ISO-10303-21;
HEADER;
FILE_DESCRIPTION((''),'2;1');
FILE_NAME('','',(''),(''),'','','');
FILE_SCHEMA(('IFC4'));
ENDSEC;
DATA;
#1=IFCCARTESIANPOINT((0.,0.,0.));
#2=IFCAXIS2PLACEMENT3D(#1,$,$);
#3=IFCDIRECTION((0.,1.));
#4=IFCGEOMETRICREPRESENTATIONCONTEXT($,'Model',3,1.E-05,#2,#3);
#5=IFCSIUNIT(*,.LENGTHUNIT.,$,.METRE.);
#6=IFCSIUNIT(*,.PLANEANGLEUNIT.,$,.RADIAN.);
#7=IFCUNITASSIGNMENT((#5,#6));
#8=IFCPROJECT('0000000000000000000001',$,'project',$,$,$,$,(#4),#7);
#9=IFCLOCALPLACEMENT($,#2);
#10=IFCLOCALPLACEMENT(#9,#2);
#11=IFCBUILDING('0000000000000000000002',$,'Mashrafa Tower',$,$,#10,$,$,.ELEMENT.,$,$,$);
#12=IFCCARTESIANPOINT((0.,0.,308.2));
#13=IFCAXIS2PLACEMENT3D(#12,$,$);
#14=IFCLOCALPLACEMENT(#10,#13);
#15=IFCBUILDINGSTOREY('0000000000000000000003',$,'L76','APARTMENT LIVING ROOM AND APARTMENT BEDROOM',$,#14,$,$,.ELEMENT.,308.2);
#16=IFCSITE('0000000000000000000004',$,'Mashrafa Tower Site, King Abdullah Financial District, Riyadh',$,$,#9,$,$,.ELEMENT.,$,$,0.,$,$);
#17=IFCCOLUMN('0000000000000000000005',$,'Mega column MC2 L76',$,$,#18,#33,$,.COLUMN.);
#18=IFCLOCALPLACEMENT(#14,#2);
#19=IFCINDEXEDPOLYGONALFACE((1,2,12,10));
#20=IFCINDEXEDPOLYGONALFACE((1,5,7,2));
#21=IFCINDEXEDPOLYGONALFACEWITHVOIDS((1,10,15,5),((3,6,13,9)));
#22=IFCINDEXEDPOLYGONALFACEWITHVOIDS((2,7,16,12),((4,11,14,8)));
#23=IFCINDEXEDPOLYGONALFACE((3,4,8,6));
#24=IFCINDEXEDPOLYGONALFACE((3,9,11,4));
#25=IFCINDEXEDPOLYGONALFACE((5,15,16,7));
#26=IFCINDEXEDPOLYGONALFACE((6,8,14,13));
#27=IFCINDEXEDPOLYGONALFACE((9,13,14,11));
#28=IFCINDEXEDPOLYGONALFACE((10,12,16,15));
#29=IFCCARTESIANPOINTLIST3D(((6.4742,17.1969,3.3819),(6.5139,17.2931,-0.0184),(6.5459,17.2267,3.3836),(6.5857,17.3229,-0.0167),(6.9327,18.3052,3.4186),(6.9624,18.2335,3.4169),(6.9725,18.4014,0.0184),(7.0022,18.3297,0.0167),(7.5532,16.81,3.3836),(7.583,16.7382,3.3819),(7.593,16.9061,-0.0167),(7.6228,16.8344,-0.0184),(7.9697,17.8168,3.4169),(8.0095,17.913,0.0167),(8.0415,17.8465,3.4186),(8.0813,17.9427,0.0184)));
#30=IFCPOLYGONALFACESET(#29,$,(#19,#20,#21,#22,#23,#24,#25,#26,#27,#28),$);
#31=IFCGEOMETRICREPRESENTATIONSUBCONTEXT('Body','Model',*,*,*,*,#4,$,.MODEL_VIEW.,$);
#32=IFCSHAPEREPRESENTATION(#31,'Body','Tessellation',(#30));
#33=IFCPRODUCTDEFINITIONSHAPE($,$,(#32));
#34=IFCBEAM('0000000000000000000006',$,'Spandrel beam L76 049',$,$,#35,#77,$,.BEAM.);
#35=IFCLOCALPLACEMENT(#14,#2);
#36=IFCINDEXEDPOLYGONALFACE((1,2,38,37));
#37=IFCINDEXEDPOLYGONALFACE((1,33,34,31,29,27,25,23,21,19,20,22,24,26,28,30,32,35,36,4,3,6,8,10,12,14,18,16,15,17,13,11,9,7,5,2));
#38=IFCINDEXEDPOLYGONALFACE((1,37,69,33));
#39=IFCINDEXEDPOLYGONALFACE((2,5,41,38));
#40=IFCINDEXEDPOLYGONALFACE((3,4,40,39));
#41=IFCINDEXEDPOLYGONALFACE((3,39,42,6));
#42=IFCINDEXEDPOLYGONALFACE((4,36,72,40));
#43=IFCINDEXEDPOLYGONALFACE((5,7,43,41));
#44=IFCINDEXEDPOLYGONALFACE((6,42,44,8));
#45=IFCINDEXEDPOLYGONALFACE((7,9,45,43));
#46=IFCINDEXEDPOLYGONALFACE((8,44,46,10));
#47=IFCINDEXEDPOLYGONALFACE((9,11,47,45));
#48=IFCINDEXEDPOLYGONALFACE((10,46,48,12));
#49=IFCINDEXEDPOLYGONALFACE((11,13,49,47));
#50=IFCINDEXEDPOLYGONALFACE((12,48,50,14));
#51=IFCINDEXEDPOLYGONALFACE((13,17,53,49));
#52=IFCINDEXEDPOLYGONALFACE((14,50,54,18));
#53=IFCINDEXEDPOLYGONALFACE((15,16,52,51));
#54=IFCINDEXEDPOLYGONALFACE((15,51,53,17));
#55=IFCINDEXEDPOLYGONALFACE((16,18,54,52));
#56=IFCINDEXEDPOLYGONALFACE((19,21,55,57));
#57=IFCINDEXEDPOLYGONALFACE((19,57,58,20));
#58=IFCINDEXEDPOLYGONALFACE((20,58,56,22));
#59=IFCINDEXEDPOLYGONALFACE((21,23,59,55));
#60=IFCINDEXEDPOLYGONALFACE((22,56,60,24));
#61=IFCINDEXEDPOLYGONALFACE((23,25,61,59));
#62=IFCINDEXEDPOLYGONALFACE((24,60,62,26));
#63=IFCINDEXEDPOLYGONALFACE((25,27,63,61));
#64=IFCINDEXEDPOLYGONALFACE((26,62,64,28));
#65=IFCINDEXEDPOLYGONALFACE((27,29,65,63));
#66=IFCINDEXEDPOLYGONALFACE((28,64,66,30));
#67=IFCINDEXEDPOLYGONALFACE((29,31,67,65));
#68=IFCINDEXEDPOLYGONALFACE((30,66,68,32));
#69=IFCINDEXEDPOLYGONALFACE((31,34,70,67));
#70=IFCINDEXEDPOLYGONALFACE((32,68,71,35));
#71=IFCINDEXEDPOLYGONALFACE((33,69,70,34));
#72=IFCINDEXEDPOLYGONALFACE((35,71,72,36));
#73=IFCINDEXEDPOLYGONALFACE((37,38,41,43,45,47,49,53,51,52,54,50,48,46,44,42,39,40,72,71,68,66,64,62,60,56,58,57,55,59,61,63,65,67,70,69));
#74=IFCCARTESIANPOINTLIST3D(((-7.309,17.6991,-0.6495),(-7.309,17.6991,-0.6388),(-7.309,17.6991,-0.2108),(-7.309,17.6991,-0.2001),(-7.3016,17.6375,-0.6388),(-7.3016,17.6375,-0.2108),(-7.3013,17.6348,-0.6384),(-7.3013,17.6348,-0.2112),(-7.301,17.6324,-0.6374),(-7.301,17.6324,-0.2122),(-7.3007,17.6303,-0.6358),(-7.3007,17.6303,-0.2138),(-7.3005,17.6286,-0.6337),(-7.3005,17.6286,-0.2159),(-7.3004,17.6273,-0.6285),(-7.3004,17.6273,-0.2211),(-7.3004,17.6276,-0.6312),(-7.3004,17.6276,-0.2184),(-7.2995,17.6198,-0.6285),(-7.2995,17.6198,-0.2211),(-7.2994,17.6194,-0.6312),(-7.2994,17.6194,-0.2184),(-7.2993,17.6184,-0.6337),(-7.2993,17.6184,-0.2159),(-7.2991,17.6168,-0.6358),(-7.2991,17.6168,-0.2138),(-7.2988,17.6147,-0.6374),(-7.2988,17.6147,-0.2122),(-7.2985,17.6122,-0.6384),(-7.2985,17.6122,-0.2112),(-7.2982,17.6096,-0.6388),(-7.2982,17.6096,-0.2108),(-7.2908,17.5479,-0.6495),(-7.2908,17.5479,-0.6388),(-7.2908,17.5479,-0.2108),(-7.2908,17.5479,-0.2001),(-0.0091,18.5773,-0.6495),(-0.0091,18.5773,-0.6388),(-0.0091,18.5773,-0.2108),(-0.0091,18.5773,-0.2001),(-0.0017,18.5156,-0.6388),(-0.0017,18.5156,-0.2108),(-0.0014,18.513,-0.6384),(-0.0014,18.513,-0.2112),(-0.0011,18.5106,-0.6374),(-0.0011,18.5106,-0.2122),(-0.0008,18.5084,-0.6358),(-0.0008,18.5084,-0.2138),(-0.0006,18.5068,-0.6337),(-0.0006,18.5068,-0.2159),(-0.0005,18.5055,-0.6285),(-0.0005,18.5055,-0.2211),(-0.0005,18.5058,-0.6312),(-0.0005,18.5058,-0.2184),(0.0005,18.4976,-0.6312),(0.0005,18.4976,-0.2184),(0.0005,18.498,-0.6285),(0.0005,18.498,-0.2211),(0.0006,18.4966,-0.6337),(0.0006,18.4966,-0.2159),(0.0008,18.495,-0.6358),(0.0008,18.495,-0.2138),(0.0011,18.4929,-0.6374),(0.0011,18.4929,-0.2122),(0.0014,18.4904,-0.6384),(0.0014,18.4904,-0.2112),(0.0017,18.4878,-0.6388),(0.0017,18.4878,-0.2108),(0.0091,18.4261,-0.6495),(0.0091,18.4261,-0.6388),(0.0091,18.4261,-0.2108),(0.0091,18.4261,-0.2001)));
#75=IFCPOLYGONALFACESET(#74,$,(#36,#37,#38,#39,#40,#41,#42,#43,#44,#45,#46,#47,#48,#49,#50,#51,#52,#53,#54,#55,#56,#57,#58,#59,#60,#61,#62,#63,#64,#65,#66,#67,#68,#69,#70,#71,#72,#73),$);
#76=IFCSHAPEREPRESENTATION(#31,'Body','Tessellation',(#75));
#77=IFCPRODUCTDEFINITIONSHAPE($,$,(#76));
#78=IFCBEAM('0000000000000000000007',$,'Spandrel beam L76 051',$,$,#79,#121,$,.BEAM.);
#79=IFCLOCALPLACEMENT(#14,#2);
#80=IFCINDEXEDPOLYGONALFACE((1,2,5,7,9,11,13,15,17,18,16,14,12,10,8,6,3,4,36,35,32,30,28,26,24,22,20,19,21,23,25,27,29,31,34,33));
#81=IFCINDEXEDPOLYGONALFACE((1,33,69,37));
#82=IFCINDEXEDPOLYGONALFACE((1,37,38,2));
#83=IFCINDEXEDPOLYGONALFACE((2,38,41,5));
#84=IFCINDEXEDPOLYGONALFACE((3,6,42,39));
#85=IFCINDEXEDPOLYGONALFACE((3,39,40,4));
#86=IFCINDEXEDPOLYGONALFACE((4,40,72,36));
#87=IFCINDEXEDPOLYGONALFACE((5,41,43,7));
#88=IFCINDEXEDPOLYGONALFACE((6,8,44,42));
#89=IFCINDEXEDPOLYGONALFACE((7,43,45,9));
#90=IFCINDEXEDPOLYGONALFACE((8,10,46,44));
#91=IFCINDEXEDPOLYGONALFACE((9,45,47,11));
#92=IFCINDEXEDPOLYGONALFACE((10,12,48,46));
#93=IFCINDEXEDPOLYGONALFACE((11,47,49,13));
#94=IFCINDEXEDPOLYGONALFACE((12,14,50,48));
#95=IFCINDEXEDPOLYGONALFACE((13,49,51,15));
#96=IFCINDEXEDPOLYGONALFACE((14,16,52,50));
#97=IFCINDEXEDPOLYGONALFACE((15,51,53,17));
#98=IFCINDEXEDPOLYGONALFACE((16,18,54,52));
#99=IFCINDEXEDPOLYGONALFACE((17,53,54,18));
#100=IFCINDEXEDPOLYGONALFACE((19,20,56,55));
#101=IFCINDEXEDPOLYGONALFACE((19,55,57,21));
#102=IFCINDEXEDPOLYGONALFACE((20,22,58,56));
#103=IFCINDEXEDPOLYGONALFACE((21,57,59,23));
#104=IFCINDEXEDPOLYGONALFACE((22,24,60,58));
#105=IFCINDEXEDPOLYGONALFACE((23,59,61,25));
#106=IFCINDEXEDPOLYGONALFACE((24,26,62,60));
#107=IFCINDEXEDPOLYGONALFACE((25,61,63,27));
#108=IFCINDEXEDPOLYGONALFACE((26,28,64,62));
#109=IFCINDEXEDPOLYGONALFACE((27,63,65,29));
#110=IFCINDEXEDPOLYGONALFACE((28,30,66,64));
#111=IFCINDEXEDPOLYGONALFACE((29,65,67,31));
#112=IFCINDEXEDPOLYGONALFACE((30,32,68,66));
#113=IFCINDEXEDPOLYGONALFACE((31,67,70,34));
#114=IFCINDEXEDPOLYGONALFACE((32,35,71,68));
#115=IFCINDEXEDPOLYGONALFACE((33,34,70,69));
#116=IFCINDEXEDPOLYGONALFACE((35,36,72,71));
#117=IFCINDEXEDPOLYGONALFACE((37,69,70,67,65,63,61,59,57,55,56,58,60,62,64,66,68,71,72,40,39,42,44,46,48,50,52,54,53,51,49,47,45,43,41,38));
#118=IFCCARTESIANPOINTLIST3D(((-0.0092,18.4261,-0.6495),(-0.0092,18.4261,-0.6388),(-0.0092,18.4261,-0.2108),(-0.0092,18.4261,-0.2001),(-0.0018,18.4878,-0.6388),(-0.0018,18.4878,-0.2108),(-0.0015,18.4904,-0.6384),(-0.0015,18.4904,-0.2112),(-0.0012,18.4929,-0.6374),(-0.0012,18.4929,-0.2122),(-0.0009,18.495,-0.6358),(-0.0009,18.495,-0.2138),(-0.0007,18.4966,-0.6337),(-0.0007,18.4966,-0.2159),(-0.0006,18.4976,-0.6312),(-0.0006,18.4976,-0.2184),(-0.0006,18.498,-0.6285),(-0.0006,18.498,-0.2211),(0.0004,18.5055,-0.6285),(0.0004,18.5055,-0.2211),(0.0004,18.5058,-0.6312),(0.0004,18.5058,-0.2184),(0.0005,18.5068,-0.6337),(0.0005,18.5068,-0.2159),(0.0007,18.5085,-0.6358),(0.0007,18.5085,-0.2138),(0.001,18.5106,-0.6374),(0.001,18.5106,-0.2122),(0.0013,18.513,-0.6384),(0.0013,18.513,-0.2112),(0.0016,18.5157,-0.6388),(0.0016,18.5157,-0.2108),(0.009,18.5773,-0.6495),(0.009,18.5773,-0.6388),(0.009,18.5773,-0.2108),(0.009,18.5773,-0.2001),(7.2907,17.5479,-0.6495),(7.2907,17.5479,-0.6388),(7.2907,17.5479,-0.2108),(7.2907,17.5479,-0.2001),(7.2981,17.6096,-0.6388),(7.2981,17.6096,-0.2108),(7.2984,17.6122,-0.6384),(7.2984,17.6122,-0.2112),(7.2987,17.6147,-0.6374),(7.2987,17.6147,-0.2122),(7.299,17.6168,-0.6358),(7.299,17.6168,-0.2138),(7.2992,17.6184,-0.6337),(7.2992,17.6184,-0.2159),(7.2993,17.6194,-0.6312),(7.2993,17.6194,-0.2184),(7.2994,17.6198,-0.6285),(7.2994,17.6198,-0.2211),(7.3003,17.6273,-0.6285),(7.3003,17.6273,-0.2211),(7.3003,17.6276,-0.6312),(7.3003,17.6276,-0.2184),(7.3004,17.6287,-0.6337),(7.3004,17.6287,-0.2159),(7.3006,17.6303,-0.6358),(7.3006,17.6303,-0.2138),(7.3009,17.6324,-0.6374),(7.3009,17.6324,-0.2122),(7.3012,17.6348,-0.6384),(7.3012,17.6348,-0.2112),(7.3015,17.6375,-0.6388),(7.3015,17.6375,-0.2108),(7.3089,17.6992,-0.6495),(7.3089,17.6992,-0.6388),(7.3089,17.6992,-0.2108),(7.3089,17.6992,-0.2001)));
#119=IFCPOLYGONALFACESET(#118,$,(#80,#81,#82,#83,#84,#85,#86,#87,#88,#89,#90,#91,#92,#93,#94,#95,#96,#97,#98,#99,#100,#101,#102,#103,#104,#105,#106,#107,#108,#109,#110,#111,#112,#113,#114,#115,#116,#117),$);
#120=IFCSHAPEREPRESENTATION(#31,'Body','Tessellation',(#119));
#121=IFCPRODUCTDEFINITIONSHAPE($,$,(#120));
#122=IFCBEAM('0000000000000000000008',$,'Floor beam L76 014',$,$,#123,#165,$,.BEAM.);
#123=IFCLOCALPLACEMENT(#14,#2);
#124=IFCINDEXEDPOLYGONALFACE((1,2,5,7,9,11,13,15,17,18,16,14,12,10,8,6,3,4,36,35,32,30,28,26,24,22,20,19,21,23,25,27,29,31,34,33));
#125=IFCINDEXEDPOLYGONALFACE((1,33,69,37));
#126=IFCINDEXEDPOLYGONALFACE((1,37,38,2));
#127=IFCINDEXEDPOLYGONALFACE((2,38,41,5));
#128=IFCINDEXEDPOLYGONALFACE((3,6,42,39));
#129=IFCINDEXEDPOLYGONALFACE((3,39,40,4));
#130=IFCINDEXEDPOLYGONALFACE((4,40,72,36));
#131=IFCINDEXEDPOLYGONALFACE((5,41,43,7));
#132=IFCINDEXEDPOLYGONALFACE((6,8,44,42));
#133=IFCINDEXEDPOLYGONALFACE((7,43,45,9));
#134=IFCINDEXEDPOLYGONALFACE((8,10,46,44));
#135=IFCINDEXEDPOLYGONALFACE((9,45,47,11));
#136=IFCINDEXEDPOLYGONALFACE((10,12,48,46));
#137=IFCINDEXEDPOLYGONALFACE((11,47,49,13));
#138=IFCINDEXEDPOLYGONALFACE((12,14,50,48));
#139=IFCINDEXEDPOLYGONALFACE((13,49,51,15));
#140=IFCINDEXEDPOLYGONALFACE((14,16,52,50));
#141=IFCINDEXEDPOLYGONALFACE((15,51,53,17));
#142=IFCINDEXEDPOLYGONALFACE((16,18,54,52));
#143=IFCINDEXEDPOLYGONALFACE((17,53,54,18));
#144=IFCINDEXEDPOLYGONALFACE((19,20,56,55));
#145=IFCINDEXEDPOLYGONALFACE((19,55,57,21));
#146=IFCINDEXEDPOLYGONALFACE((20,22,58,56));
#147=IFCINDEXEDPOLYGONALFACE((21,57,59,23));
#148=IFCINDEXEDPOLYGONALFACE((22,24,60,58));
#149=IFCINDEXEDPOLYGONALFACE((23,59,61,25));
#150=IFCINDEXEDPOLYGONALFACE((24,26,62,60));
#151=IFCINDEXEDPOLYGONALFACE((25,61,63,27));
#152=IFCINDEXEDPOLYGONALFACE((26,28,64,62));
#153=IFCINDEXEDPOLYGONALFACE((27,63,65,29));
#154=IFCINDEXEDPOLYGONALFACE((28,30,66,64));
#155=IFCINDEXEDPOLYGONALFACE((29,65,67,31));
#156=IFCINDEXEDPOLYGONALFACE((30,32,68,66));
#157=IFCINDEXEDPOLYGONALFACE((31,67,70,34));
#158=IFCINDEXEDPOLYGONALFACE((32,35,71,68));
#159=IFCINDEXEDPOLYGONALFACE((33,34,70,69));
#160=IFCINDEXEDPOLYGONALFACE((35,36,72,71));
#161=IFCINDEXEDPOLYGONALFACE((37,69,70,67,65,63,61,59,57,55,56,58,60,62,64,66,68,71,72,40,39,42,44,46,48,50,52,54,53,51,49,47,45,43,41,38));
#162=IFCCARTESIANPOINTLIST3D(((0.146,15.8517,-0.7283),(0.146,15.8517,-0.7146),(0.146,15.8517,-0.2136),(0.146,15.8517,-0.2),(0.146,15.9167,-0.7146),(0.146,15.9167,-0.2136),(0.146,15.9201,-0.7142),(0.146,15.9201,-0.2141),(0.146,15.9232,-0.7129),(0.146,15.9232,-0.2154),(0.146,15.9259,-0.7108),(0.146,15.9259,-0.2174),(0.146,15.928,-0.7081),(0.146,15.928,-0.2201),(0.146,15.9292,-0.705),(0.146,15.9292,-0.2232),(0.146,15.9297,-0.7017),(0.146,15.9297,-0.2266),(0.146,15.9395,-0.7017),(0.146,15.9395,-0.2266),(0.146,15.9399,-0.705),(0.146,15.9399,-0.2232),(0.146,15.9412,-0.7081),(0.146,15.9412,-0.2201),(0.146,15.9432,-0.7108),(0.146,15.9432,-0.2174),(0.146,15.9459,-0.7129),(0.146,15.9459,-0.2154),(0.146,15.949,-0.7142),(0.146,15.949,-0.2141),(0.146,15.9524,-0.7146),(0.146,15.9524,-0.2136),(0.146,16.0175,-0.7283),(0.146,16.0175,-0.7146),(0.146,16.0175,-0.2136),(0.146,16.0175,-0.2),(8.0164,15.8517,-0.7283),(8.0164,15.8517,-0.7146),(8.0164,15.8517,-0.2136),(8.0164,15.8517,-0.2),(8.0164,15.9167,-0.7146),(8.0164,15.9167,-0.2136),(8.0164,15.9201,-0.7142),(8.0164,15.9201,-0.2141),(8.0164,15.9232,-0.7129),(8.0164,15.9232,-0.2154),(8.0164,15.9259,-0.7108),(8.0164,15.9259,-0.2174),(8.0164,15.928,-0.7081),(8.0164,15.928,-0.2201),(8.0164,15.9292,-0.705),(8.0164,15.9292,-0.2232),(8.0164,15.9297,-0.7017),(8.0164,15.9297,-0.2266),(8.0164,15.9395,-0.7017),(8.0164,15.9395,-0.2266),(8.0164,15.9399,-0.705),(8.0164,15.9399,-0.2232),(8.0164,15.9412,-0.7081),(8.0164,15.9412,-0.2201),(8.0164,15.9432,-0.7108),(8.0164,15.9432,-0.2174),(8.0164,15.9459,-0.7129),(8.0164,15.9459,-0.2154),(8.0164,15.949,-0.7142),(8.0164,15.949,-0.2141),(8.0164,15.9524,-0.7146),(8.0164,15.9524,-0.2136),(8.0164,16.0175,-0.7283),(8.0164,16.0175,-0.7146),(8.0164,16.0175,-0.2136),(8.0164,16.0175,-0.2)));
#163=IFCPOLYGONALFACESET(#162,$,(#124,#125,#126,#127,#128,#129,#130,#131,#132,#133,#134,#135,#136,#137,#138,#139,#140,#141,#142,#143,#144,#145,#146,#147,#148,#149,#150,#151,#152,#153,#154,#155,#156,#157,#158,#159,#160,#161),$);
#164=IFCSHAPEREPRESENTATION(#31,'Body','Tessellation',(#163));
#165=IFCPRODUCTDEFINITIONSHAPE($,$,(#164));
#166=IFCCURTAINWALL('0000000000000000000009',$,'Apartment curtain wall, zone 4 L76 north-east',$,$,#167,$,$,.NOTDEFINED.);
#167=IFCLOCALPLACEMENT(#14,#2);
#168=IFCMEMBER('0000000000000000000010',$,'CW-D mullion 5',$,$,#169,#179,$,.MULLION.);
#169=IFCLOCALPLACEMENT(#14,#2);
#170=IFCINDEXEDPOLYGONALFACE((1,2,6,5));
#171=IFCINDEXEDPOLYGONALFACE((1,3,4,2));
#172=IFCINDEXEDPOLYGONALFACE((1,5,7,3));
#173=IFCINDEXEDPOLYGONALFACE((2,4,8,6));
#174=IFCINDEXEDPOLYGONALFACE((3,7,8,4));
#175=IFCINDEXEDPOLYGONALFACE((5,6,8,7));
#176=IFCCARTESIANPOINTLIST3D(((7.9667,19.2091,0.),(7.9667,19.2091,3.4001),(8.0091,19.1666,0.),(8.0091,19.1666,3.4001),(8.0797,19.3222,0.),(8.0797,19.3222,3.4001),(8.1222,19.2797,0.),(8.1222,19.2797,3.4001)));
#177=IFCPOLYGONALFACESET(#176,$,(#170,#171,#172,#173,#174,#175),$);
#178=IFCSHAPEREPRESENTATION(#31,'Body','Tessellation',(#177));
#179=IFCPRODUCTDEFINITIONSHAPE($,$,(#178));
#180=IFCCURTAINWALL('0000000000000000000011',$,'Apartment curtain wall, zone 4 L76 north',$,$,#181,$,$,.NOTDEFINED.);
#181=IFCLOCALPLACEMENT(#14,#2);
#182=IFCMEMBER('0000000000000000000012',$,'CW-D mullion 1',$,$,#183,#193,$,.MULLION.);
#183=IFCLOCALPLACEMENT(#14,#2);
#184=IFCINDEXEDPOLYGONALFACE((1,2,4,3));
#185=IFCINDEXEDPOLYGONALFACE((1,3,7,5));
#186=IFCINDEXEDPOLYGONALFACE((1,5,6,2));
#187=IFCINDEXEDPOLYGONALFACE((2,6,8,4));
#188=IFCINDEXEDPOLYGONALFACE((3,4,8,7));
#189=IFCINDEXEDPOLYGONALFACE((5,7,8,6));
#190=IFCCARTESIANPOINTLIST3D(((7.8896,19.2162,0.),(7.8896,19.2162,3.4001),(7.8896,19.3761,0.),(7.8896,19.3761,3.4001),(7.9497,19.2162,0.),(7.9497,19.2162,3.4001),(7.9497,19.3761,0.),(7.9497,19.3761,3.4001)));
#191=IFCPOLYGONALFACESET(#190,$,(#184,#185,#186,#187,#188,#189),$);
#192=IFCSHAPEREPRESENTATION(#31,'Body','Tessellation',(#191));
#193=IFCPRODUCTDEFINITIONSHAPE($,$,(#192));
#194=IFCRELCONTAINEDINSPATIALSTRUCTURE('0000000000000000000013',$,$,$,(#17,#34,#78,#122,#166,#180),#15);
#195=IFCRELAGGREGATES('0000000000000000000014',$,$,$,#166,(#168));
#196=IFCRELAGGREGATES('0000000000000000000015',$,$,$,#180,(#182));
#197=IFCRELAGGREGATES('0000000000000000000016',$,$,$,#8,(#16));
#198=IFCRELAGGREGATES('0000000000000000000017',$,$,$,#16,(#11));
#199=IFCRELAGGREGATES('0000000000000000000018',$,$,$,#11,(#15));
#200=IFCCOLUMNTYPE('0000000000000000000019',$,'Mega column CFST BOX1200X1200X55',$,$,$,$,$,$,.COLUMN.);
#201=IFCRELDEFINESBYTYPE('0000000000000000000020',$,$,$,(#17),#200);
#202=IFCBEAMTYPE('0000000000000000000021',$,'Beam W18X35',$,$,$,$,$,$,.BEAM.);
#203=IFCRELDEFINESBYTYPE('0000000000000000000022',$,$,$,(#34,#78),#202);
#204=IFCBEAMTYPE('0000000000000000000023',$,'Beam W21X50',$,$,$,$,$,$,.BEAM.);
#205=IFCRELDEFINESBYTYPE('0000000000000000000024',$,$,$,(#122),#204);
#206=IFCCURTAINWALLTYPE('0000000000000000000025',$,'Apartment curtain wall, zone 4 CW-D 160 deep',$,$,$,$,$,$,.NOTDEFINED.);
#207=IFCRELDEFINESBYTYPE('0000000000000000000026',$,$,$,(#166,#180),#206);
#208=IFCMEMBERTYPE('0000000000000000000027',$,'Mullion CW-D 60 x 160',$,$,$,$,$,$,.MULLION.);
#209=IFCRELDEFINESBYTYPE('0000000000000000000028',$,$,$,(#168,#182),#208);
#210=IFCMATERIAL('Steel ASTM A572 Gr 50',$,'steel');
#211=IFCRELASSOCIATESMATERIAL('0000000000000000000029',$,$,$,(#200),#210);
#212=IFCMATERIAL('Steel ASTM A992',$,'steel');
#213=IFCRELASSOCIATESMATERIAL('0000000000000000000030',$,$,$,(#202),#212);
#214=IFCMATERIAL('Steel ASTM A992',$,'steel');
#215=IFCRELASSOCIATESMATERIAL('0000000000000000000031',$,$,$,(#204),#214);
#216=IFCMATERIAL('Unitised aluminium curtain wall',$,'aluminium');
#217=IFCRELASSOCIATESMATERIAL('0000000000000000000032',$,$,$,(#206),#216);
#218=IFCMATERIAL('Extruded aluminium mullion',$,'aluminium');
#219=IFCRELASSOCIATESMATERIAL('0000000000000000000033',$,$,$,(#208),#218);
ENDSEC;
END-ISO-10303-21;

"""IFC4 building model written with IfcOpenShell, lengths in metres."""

from ifc_helpers import new_model, si_unit, direction, frame, origin, origin_2d, place, context, subcontext, project, spatial, rectangle, hollow_rectangle, i_section, extrude, source, transform, mapped, material, material_profile, profile_set, type_object, type_shapes, element, aggregate, save


model = new_model("IFC4")

# Units and contexts
model_context = context("Model", 3, precision=1e-05, world=origin(), true_north=direction((0.0, 1.0)))
body_context = subcontext(model_context, "Body", "Model", "MODEL_VIEW")
ifc_project = project(units=[si_unit("LENGTHUNIT", "METRE"), si_unit("PLANEANGLEUNIT", "RADIAN")], contexts=[model_context])

# Site, building, storey
site_placement = place(None, origin())
site = spatial("IfcSite", under=ifc_project, at=site_placement, Name="Mashrafa Tower Site, King Abdullah Financial District, Riyadh", CompositionType="ELEMENT", RefElevation=0.0)
building_placement = place(site_placement, origin())
building = spatial("IfcBuilding", under=site, at=building_placement, Name="Mashrafa Tower", CompositionType="ELEMENT")
storey_placement = place(building_placement, frame((0.0, 0.0, 308.2)))
storey = spatial("IfcBuildingStorey", under=building, at=storey_placement, Name="L76", Description="APARTMENT LIVING ROOM AND APARTMENT BEDROOM", CompositionType="ELEMENT", Elevation=308.2)

# Column
ifc_material_1 = material(Name="Steel ASTM A572 Gr 50", Category="steel")
ifc_material_profile_1 = material_profile(ifc_material_1, hollow_rectangle(XDim=1.2, YDim=1.2, WallThickness=0.0549, at=origin_2d()), Name="BOX1200X1200X55")
ifc_profile_set_1 = profile_set([ifc_material_profile_1], Name="Steel ASTM A572 Gr 50")
column_type = type_object("IfcColumnType", Name="Mega column CFST BOX1200X1200X55", PredefinedType="COLUMN", material=ifc_profile_set_1)
column_placement = place(storey_placement, frame((7.2976, 17.6179, 0.0), z_axis=(-0.011698, -0.028277, 0.999532), x_axis=(0.924045, -0.382283, 0.0)))
element("IfcColumn", 1, at=column_placement, inside=storey, type_object=column_type, Name="Mega column MC2 L76", PredefinedType="COLUMN", context=body_context, shape_type="SweptSolid", body=[
    extrude(hollow_rectangle(XDim=1.2, YDim=1.2, WallThickness=0.0549, at=origin_2d()), origin(), (0.0, 0.0, 1.0), 3.4019),
])

# Beams
ifc_material_2 = material(Name="Steel ASTM A992", Category="steel")
ifc_material_profile_2 = material_profile(ifc_material_2, i_section(OverallWidth=0.1523, OverallDepth=0.4495, WebThickness=0.0076, FlangeThickness=0.0107, FilletRadius=0.0103, at=origin_2d()), Name="W18X35")
ifc_profile_set_2 = profile_set([ifc_material_profile_2], Name="Steel ASTM A992")
beam_type_1 = type_object("IfcBeamType", Name="Beam W18X35", PredefinedType="BEAM", material=ifc_profile_set_2)
for number, where, z_axis, x_axis, name in (
    (2, (0.0, 18.5017, -0.4248), (-0.992841, -0.11944, 0.0), (0.11944, -0.992841, 0.0), "Spandrel beam L76 049"),
    (3, (7.2998, 17.6235, -0.4248), (-0.992841, 0.11944, 0.0), (-0.11944, -0.992841, 0.0), "Spandrel beam L76 051"),
):
    element("IfcBeam", number, at=place(storey_placement, frame(where, z_axis=z_axis, x_axis=x_axis)), inside=storey, type_object=beam_type_1, Name=name, PredefinedType="BEAM", context=body_context, shape_type="SweptSolid", body=[
        extrude(i_section(OverallWidth=0.1523, OverallDepth=0.4495, WebThickness=0.0076, FlangeThickness=0.0107, FilletRadius=0.0103, at=origin_2d()), origin(), (0.0, 0.0, 1.0), 7.3525),
    ])
ifc_material_3 = material(Name="Steel ASTM A992", Category="steel")
ifc_material_profile_3 = material_profile(ifc_material_3, i_section(OverallWidth=0.1658, OverallDepth=0.5283, WebThickness=0.0098, FlangeThickness=0.0137, FilletRadius=0.0129, at=origin_2d()), Name="W21X50")
ifc_profile_set_3 = profile_set([ifc_material_profile_3], Name="Steel ASTM A992")
beam_type_2 = type_object("IfcBeamType", Name="Beam W21X50", PredefinedType="BEAM", material=ifc_profile_set_3)
beam_placement = place(storey_placement, frame((0.146, 15.9346, -0.4641), z_axis=(1.0, 0.0, 0.0), x_axis=(0.0, 1.0, 0.0)))
element("IfcBeam", 4, at=beam_placement, inside=storey, type_object=beam_type_2, Name="Floor beam L76 014", PredefinedType="BEAM", context=body_context, shape_type="SweptSolid", body=[
    extrude(i_section(OverallWidth=0.1658, OverallDepth=0.5283, WebThickness=0.0098, FlangeThickness=0.0137, FilletRadius=0.0129, at=origin_2d()), origin(), (0.0, 0.0, 1.0), 7.8704),
])

# Curtain wall, member
ifc_material_4 = material(Name="Unitised aluminium curtain wall", Category="aluminium")
curtain_wall_type = type_object("IfcCurtainWallType", Name="Apartment curtain wall, zone 4 CW-D 160 deep", PredefinedType="NOTDEFINED", material=ifc_material_4)
curtain_wall_1_placement = place(storey_placement, origin())
curtain_wall_1 = element("IfcCurtainWall", 5, at=curtain_wall_1_placement, inside=storey, type_object=curtain_wall_type, Name="Apartment curtain wall, zone 4 L76 north-east", PredefinedType="NOTDEFINED")
ifc_material_5 = material(Name="Extruded aluminium mullion", Category="aluminium")
ifc_material_profile_4 = material_profile(ifc_material_5, rectangle(XDim=0.1599, YDim=0.0601, at=origin_2d()), Name="Mullion 60x160")
ifc_profile_set_4 = profile_set([ifc_material_profile_4], Name="Extruded aluminium mullion")
member_type_1 = type_object("IfcMemberType", Name="Mullion CW-D 60 x 160", PredefinedType="MULLION", material=ifc_profile_set_4)
shared_shape_1 = source(origin(), body_context, "Body", "SweptSolid", [
    extrude(rectangle(XDim=0.1599, YDim=0.0601, at=origin_2d()), origin(), (0.0, 0.0, 1.0), 3.4001),
])
type_shapes(member_type_1, [shared_shape_1])
member_1_placement = place(storey_placement, frame((8.0444, 19.2444, 0.0), z_axis=(0.0, 0.0, 1.0), x_axis=(-0.707107, -0.707107, 0.0)))
member_1 = element("IfcMember", 6, at=member_1_placement, type_object=member_type_1, Name="CW-D mullion 5", PredefinedType="MULLION", context=body_context, shape_type="MappedRepresentation", body=[
    mapped(shared_shape_1, transform((0.0, 0.0, 0.0))),
])

# Curtain wall, member
curtain_wall_2_placement = place(storey_placement, origin())
curtain_wall_2 = element("IfcCurtainWall", 7, at=curtain_wall_2_placement, inside=storey, type_object=curtain_wall_type, Name="Apartment curtain wall, zone 4 L76 north", PredefinedType="NOTDEFINED")
member_2_placement = place(storey_placement, frame((7.9197, 19.2961, 0.0), z_axis=(0.0, 0.0, 1.0), x_axis=(0.0, -1.0, 0.0)))
member_2 = element("IfcMember", 8, at=member_2_placement, type_object=member_type_1, Name="CW-D mullion 1", PredefinedType="MULLION", context=body_context, shape_type="MappedRepresentation", body=[
    mapped(shared_shape_1, transform((0.0, 0.0, 0.0))),
])

aggregate(curtain_wall_1, [member_1])
aggregate(curtain_wall_2, [member_2])

save(model, "model.ifc")
